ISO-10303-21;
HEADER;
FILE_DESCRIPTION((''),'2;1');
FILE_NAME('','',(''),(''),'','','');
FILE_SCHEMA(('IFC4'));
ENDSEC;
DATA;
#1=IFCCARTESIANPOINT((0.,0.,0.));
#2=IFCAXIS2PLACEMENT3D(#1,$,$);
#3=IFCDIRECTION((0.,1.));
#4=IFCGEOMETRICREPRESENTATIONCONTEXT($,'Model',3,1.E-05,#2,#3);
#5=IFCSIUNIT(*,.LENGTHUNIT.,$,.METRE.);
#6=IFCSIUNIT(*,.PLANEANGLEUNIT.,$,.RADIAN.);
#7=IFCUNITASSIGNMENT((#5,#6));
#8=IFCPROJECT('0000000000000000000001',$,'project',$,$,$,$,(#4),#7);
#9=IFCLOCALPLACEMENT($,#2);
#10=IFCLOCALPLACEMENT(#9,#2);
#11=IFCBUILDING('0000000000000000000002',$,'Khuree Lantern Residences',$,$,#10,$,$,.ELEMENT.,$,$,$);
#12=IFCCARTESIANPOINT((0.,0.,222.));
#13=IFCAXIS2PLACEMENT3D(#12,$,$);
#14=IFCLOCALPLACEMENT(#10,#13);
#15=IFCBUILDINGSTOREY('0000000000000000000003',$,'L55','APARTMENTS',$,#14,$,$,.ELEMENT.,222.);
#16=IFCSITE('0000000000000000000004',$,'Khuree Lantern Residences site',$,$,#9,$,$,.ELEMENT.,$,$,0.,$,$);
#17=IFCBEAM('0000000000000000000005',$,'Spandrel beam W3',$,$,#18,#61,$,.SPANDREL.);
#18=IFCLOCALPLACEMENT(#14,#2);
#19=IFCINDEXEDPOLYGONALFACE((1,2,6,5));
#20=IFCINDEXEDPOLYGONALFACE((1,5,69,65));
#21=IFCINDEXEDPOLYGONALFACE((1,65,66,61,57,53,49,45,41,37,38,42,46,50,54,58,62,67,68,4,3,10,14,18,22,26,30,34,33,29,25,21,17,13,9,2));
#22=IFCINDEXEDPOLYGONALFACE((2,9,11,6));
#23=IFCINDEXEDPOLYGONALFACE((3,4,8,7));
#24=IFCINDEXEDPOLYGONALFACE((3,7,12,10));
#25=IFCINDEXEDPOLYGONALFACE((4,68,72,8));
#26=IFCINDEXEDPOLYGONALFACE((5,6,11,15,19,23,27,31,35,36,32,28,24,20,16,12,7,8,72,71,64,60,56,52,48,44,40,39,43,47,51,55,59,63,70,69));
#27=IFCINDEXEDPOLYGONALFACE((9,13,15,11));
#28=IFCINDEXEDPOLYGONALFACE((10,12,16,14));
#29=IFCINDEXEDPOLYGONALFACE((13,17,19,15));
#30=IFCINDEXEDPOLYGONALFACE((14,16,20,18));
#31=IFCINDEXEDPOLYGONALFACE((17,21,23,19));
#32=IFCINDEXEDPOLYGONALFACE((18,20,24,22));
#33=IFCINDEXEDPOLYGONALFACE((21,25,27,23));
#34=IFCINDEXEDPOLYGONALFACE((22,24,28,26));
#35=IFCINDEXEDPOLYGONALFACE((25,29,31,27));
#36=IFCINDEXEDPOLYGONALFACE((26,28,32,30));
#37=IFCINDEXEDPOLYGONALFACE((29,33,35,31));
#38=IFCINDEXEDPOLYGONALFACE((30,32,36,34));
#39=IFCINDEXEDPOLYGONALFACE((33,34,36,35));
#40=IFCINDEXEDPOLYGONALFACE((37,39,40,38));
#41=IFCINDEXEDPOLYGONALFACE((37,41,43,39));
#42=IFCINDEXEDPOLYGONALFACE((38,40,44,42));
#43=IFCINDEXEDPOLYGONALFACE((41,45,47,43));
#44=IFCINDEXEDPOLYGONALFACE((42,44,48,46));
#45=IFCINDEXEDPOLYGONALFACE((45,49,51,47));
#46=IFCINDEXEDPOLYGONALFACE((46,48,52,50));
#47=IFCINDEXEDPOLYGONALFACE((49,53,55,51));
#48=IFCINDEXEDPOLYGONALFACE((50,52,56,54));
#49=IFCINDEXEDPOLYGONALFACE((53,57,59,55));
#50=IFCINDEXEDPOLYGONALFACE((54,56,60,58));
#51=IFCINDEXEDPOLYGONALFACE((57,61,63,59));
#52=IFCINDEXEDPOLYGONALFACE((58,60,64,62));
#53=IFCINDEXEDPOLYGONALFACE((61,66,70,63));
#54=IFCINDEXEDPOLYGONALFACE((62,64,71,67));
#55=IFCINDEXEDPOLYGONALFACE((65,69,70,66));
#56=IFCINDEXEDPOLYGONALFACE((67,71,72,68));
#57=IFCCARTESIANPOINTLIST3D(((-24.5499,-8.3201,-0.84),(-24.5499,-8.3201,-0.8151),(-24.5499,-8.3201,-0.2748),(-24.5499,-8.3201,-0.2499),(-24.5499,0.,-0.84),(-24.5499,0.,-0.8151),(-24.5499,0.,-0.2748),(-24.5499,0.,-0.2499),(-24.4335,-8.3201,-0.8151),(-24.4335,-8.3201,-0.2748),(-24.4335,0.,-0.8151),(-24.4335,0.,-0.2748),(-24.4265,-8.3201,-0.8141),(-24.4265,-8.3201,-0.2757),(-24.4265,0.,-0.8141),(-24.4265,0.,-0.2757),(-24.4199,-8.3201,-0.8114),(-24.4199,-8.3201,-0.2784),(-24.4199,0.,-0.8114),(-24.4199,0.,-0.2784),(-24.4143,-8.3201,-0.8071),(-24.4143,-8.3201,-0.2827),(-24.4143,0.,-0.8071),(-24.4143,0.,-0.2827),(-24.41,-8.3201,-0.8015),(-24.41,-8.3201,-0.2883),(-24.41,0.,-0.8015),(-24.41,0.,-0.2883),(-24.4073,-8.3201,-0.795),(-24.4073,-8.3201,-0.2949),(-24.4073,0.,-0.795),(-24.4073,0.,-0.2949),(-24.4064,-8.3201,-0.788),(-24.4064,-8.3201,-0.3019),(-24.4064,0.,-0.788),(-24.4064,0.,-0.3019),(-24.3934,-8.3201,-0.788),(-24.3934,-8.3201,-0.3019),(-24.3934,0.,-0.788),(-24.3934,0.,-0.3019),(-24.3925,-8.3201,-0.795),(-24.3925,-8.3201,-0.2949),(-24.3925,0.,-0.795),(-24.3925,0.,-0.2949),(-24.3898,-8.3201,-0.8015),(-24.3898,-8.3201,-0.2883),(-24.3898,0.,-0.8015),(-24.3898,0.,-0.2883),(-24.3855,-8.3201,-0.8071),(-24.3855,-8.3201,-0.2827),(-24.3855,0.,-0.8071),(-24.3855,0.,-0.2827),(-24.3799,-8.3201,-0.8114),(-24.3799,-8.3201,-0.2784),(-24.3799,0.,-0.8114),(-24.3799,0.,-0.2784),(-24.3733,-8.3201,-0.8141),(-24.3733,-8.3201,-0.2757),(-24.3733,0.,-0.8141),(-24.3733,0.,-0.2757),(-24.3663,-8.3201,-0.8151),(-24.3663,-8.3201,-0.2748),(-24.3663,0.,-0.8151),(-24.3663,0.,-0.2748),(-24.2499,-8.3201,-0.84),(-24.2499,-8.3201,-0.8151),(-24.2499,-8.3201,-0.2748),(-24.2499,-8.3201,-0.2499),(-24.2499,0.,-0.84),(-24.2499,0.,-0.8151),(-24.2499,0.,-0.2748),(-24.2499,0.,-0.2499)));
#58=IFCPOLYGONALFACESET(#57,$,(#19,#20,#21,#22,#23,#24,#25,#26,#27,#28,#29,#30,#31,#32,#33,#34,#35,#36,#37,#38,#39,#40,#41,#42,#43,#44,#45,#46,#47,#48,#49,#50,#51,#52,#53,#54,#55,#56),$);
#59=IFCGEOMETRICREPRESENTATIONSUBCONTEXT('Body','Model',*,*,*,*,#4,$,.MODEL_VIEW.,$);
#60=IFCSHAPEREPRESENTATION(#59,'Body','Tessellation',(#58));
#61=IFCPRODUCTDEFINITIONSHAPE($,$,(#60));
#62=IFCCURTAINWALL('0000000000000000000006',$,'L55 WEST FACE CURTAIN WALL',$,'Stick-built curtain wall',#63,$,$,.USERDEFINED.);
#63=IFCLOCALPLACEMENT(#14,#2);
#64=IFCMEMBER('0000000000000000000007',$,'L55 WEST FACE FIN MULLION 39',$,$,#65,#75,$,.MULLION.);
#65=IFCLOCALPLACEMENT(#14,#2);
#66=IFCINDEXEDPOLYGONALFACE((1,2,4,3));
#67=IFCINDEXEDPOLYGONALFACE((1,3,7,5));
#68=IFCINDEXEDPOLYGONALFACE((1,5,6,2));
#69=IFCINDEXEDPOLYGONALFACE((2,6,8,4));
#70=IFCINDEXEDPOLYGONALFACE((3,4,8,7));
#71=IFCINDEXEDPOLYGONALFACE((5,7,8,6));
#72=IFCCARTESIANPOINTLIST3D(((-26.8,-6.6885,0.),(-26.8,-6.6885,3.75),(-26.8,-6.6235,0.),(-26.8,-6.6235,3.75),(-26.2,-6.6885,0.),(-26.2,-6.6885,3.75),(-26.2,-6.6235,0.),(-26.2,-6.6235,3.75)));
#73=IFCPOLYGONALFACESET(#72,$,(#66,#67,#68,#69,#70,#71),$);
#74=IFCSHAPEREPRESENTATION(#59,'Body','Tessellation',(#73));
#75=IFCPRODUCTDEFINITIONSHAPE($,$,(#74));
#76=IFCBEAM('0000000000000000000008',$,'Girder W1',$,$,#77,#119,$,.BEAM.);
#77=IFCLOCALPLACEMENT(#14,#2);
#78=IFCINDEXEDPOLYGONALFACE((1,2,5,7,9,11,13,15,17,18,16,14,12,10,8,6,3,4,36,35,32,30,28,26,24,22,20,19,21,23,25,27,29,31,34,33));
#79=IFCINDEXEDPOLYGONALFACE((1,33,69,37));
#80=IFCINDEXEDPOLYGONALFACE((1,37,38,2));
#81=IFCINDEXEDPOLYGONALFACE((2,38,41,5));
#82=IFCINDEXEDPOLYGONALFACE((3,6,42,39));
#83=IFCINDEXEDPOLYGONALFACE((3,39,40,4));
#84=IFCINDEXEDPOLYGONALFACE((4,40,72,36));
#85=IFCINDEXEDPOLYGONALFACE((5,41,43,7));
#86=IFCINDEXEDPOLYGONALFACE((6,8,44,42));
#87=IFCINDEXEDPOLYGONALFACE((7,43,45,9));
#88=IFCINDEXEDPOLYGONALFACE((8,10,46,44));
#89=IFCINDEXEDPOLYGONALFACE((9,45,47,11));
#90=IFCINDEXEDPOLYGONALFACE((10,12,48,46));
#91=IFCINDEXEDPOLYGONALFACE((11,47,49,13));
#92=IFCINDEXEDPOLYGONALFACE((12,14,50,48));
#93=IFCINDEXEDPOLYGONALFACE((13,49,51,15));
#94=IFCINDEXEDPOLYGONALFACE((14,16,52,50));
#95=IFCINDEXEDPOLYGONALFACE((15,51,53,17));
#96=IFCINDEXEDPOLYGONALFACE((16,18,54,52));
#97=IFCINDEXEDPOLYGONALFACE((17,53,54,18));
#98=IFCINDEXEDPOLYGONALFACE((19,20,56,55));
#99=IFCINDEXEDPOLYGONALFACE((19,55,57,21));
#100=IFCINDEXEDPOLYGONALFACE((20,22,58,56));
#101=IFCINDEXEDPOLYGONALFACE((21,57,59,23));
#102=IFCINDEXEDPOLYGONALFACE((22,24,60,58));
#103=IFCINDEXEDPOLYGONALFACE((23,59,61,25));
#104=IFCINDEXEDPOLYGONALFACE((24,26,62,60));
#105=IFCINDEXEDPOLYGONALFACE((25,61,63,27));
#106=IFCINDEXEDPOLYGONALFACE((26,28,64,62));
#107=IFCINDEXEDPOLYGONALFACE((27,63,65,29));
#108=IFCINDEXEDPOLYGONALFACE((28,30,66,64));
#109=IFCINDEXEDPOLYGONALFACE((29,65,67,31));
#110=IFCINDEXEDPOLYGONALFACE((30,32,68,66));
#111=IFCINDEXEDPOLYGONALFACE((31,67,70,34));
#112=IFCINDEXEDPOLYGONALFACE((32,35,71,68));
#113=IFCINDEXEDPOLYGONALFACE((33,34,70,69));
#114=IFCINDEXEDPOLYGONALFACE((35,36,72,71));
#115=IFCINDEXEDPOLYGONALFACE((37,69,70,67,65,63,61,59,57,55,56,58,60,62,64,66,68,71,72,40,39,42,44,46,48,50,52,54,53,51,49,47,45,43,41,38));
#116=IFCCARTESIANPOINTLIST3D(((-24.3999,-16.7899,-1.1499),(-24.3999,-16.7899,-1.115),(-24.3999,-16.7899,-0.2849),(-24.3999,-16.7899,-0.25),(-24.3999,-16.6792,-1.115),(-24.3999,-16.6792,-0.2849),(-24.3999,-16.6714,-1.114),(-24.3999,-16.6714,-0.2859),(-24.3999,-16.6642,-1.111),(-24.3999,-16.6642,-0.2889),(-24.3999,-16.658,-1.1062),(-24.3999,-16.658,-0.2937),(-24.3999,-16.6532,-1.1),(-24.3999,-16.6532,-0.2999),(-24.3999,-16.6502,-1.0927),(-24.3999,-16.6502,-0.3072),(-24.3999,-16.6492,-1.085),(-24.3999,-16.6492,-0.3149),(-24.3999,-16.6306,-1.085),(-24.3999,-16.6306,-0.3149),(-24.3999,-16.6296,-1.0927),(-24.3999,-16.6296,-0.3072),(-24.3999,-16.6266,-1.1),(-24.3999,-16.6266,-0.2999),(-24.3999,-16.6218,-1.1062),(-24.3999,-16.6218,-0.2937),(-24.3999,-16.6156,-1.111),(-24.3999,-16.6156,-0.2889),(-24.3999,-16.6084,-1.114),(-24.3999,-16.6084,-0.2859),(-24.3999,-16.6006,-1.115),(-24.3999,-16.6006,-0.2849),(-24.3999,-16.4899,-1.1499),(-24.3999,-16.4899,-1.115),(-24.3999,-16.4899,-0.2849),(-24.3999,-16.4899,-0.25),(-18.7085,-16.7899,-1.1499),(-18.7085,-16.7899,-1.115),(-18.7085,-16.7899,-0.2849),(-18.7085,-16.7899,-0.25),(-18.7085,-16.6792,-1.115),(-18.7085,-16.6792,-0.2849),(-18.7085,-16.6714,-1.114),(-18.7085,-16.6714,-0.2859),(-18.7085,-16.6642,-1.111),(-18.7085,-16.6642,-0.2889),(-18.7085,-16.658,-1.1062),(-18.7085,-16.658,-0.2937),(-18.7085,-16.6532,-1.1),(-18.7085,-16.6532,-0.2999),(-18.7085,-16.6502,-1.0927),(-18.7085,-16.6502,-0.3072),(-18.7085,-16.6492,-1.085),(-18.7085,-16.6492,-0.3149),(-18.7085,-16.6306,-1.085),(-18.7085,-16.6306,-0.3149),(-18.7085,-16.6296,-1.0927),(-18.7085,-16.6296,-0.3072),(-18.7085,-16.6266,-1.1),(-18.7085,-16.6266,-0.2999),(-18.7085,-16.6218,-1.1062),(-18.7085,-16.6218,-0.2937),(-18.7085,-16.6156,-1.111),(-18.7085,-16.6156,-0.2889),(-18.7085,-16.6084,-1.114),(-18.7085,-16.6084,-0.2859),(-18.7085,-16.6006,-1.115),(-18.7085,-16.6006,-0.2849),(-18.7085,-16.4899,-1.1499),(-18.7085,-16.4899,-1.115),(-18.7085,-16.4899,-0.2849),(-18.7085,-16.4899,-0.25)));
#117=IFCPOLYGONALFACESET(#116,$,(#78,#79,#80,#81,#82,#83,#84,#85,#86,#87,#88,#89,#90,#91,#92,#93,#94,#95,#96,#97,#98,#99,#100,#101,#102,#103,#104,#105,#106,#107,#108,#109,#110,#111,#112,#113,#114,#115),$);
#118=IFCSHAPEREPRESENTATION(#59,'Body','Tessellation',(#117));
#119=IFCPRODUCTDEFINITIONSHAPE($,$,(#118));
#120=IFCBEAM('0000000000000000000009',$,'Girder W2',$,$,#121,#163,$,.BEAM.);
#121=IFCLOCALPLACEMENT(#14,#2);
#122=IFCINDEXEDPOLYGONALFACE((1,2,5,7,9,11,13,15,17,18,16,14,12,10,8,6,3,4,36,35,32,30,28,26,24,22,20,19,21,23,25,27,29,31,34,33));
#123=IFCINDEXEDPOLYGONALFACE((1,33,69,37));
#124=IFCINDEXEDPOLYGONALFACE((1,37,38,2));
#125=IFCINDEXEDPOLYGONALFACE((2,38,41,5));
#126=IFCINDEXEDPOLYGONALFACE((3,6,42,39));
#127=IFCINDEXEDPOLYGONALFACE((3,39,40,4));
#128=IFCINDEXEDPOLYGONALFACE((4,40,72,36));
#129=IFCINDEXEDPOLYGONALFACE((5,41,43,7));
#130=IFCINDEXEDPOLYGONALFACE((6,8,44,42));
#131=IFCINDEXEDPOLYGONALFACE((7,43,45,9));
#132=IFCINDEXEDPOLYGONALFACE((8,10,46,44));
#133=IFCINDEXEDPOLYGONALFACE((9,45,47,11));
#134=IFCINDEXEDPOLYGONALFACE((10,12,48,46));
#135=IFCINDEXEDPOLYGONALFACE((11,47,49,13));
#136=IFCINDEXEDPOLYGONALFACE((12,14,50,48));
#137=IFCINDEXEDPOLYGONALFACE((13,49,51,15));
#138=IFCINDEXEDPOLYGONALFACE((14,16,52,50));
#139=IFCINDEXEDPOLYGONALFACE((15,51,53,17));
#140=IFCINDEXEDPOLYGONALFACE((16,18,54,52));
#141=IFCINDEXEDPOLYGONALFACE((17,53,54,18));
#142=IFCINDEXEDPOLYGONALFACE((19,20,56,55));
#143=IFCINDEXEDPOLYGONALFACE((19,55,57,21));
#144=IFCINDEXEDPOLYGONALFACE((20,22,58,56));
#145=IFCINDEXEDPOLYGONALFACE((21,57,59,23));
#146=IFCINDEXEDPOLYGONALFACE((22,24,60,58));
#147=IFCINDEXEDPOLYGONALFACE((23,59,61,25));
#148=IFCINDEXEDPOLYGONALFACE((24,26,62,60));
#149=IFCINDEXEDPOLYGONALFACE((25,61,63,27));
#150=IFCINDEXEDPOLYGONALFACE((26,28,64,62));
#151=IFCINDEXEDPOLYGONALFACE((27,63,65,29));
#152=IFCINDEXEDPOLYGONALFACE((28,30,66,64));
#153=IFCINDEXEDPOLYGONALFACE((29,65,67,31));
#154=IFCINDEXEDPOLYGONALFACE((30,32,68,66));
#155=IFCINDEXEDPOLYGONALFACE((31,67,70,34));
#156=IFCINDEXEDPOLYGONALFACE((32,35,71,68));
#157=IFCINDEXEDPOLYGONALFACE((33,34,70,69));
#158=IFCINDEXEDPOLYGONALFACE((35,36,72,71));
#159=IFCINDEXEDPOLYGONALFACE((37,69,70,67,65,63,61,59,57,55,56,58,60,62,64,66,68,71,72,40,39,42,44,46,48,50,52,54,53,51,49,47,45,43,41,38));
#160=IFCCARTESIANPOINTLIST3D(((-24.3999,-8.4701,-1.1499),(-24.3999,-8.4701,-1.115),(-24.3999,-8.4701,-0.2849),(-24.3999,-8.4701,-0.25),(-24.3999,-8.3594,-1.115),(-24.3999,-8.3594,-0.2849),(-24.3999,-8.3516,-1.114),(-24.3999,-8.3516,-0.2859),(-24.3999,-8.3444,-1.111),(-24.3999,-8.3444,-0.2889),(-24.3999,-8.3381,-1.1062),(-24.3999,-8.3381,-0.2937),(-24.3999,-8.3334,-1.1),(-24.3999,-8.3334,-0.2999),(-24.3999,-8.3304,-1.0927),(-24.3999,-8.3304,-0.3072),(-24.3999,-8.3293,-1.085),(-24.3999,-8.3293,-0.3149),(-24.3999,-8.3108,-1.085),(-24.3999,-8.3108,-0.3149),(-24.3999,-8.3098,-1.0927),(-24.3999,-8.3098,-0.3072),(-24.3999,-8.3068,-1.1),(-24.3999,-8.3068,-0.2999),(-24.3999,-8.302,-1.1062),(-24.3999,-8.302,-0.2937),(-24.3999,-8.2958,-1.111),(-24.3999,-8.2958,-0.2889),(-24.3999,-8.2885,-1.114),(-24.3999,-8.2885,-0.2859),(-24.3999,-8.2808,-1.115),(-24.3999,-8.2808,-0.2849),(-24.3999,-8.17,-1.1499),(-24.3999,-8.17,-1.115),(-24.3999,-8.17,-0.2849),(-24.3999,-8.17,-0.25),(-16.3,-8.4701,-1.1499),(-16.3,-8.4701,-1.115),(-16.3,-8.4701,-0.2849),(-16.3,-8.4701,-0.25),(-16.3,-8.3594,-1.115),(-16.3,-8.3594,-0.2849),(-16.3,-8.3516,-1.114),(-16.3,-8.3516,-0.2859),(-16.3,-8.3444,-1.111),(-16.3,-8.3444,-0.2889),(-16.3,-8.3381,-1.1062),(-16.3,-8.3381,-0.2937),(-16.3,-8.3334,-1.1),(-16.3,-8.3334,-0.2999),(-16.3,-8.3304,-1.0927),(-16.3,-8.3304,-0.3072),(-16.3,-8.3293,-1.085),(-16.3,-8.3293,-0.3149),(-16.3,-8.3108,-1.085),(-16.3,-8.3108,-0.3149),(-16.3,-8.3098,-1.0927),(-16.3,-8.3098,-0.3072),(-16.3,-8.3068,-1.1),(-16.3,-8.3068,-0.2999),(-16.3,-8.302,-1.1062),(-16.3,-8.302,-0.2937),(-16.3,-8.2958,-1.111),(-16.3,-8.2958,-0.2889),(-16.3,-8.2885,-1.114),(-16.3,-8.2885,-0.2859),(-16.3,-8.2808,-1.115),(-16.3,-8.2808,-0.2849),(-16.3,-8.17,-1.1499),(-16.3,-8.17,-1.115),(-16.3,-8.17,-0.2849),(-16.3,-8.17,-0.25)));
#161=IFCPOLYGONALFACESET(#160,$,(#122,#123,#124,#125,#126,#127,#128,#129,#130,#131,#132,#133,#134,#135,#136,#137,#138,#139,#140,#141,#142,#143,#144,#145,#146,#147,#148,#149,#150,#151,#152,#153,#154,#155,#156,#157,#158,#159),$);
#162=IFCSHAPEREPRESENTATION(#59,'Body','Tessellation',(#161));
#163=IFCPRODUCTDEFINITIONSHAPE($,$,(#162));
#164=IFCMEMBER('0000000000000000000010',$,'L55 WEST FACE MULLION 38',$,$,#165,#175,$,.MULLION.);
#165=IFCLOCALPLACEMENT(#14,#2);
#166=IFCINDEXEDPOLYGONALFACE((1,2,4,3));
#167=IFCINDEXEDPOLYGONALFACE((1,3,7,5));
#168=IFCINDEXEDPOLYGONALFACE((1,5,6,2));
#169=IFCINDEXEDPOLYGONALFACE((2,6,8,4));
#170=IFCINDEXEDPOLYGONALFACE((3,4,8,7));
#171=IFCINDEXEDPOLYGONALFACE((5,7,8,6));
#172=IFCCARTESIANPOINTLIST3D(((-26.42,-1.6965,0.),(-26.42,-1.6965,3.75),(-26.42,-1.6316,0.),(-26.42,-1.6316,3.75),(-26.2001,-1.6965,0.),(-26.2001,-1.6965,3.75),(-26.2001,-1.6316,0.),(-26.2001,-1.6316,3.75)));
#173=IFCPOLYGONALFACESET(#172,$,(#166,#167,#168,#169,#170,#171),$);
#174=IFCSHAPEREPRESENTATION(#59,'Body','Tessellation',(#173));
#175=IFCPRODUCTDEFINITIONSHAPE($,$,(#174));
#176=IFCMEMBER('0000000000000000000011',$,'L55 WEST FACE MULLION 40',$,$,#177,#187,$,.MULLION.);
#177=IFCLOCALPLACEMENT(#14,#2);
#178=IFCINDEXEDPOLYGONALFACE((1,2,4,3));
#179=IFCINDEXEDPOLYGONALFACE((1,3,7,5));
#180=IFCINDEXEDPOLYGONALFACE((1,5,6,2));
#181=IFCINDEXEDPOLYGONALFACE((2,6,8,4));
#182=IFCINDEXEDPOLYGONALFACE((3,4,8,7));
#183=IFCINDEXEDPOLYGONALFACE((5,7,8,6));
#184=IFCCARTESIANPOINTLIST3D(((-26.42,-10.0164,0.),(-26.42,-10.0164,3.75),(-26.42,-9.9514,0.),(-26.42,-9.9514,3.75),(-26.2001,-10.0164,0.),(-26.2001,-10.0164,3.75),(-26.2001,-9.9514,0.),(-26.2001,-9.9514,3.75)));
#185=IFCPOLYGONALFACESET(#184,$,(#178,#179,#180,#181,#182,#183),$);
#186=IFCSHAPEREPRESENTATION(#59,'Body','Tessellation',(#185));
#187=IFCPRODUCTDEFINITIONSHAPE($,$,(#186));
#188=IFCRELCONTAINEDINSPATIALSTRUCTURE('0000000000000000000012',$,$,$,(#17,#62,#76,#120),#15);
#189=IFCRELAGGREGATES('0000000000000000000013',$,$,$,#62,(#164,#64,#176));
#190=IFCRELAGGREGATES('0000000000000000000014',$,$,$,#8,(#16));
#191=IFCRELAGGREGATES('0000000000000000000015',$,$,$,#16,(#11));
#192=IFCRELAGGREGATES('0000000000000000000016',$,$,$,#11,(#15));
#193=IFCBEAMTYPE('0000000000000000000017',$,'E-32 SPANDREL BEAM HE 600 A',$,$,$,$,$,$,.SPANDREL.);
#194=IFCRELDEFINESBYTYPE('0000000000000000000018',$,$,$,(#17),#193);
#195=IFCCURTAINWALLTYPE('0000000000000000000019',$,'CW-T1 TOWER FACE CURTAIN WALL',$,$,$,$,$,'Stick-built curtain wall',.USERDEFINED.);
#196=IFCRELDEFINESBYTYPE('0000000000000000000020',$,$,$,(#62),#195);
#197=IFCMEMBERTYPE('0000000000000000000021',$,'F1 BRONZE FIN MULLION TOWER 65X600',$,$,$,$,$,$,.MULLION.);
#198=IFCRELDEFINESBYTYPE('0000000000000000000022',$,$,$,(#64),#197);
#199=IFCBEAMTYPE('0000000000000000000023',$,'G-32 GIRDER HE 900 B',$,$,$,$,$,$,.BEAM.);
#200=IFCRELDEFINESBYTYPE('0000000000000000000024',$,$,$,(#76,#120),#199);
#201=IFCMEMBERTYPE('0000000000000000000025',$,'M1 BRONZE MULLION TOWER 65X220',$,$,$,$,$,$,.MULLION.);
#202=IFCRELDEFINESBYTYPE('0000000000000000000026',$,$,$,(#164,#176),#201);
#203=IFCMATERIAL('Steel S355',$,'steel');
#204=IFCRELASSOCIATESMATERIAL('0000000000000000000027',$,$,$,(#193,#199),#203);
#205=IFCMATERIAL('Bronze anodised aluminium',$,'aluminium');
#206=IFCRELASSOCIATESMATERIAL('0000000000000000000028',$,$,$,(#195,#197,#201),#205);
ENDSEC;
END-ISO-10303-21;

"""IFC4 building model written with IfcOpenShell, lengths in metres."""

from ifc_helpers import new_model, si_unit, direction, frame, origin, origin_2d, place, context, subcontext, project, spatial, rectangle, i_section, extrude, material, material_profile, profile_set, type_object, element, aggregate, save


model = new_model("IFC4")

# Units and contexts
model_context = context("Model", 3, precision=1e-05, world=origin(), true_north=direction((0.0, 1.0)))
body_context = subcontext(model_context, "Body", "Model", "MODEL_VIEW")
ifc_project = project(units=[si_unit("LENGTHUNIT", "METRE"), si_unit("PLANEANGLEUNIT", "RADIAN")], contexts=[model_context])

# Site, building, storey
site_placement = place(None, origin())
site = spatial("IfcSite", under=ifc_project, at=site_placement, Name="Khuree Lantern Residences site", CompositionType="ELEMENT", RefElevation=0.0)
building_placement = place(site_placement, origin())
building = spatial("IfcBuilding", under=site, at=building_placement, Name="Khuree Lantern Residences", CompositionType="ELEMENT")
storey_placement = place(building_placement, frame((0.0, 0.0, 222.0)))
storey = spatial("IfcBuildingStorey", under=building, at=storey_placement, Name="L55", Description="APARTMENTS", CompositionType="ELEMENT", Elevation=222.0)

# Beam
ifc_material_1 = material(Name="Steel S355", Category="steel")
ifc_material_profile_1 = material_profile(ifc_material_1, i_section(OverallWidth=0.3, OverallDepth=0.5901, WebThickness=0.0129, FlangeThickness=0.0249, FilletRadius=0.0271, at=origin_2d()), Name="HE 600 A")
ifc_profile_set_1 = profile_set([ifc_material_profile_1], Name="Steel S355")
beam_type_1 = type_object("IfcBeamType", Name="E-32 SPANDREL BEAM HE 600 A", PredefinedType="SPANDREL", material=ifc_profile_set_1)
beam_1_placement = place(storey_placement, frame((-24.3999, -8.3201, -0.5449), z_axis=(0.0, 1.0, 0.0), x_axis=(-1.0, 0.0, 0.0)))
element("IfcBeam", 1, at=beam_1_placement, inside=storey, type_object=beam_type_1, Name="Spandrel beam W3", PredefinedType="SPANDREL", context=body_context, shape_type="SweptSolid", body=[
    extrude(i_section(OverallWidth=0.3, OverallDepth=0.5901, WebThickness=0.0129, FlangeThickness=0.0249, FilletRadius=0.0271, at=origin_2d()), origin(), (0.0, 0.0, 1.0), 8.3201),
])

# Curtain wall, member
ifc_material_2 = material(Name="Bronze anodised aluminium", Category="aluminium")
curtain_wall_type = type_object("IfcCurtainWallType", Name="CW-T1 TOWER FACE CURTAIN WALL", ElementType="Stick-built curtain wall", PredefinedType="USERDEFINED", material=ifc_material_2)
curtain_wall_placement = place(storey_placement, origin())
curtain_wall = element("IfcCurtainWall", 2, at=curtain_wall_placement, inside=storey, type_object=curtain_wall_type, Name="L55 WEST FACE CURTAIN WALL", ObjectType="Stick-built curtain wall", PredefinedType="USERDEFINED")
ifc_material_profile_2 = material_profile(ifc_material_2, rectangle(XDim=0.0649, YDim=0.6001, at=origin_2d()), Name="F1 65X600")
ifc_profile_set_2 = profile_set([ifc_material_profile_2], Name="Bronze anodised aluminium")
member_type_1 = type_object("IfcMemberType", Name="F1 BRONZE FIN MULLION TOWER 65X600", PredefinedType="MULLION", material=ifc_profile_set_2)
member_1_placement = place(storey_placement, frame((-26.5, -6.656, 0.0), z_axis=(0.0, 0.0, 1.0), x_axis=(0.0, -1.0, 0.0)))
member_1 = element("IfcMember", 3, at=member_1_placement, type_object=member_type_1, Name="L55 WEST FACE FIN MULLION 39", PredefinedType="MULLION", context=body_context, shape_type="SweptSolid", body=[
    extrude(rectangle(XDim=0.0649, YDim=0.6001, at=origin_2d()), origin(), (0.0, 0.0, 1.0), 3.75),
])

# Beams
ifc_material_profile_3 = material_profile(ifc_material_1, i_section(OverallWidth=0.3, OverallDepth=0.8999, WebThickness=0.0186, FlangeThickness=0.0349, FilletRadius=0.03, at=origin_2d()), Name="HE 900 B")
ifc_profile_set_3 = profile_set([ifc_material_profile_3], Name="Steel S355")
beam_type_2 = type_object("IfcBeamType", Name="G-32 GIRDER HE 900 B", PredefinedType="BEAM", material=ifc_profile_set_3)
beam_2_placement = place(storey_placement, frame((-24.3999, -16.6399, -0.7), z_axis=(1.0, 0.0, 0.0), x_axis=(0.0, 1.0, 0.0)))
element("IfcBeam", 4, at=beam_2_placement, inside=storey, type_object=beam_type_2, Name="Girder W1", PredefinedType="BEAM", context=body_context, shape_type="SweptSolid", body=[
    extrude(i_section(OverallWidth=0.3, OverallDepth=0.8999, WebThickness=0.0186, FlangeThickness=0.0349, FilletRadius=0.03, at=origin_2d()), origin(), (0.0, 0.0, 1.0), 5.6914),
])
beam_3_placement = place(storey_placement, frame((-24.3999, -8.3201, -0.7), z_axis=(1.0, 0.0, 0.0), x_axis=(0.0, 1.0, 0.0)))
element("IfcBeam", 5, at=beam_3_placement, inside=storey, type_object=beam_type_2, Name="Girder W2", PredefinedType="BEAM", context=body_context, shape_type="SweptSolid", body=[
    extrude(i_section(OverallWidth=0.3, OverallDepth=0.8999, WebThickness=0.0186, FlangeThickness=0.0349, FilletRadius=0.03, at=origin_2d()), origin(), (0.0, 0.0, 1.0), 8.0999),
])

# Members
ifc_material_profile_4 = material_profile(ifc_material_2, rectangle(XDim=0.0649, YDim=0.22, at=origin_2d()), Name="M1 65X220")
ifc_profile_set_4 = profile_set([ifc_material_profile_4], Name="Bronze anodised aluminium")
member_type_2 = type_object("IfcMemberType", Name="M1 BRONZE MULLION TOWER 65X220", PredefinedType="MULLION", material=ifc_profile_set_4)
member_2_placement = place(storey_placement, frame((-26.3101, -1.6641, 0.0), z_axis=(0.0, 0.0, 1.0), x_axis=(0.0, -1.0, 0.0)))
member_2 = element("IfcMember", 6, at=member_2_placement, type_object=member_type_2, Name="L55 WEST FACE MULLION 38", PredefinedType="MULLION", context=body_context, shape_type="SweptSolid", body=[
    extrude(rectangle(XDim=0.0649, YDim=0.22, at=origin_2d()), origin(), (0.0, 0.0, 1.0), 3.75),
])
member_3_placement = place(storey_placement, frame((-26.3101, -9.9839, 0.0), z_axis=(0.0, 0.0, 1.0), x_axis=(0.0, -1.0, 0.0)))
member_3 = element("IfcMember", 7, at=member_3_placement, type_object=member_type_2, Name="L55 WEST FACE MULLION 40", PredefinedType="MULLION", context=body_context, shape_type="SweptSolid", body=[
    extrude(rectangle(XDim=0.0649, YDim=0.22, at=origin_2d()), origin(), (0.0, 0.0, 1.0), 3.75),
])

aggregate(curtain_wall, [member_2, member_1, member_3])

save(model, "model.ifc")
